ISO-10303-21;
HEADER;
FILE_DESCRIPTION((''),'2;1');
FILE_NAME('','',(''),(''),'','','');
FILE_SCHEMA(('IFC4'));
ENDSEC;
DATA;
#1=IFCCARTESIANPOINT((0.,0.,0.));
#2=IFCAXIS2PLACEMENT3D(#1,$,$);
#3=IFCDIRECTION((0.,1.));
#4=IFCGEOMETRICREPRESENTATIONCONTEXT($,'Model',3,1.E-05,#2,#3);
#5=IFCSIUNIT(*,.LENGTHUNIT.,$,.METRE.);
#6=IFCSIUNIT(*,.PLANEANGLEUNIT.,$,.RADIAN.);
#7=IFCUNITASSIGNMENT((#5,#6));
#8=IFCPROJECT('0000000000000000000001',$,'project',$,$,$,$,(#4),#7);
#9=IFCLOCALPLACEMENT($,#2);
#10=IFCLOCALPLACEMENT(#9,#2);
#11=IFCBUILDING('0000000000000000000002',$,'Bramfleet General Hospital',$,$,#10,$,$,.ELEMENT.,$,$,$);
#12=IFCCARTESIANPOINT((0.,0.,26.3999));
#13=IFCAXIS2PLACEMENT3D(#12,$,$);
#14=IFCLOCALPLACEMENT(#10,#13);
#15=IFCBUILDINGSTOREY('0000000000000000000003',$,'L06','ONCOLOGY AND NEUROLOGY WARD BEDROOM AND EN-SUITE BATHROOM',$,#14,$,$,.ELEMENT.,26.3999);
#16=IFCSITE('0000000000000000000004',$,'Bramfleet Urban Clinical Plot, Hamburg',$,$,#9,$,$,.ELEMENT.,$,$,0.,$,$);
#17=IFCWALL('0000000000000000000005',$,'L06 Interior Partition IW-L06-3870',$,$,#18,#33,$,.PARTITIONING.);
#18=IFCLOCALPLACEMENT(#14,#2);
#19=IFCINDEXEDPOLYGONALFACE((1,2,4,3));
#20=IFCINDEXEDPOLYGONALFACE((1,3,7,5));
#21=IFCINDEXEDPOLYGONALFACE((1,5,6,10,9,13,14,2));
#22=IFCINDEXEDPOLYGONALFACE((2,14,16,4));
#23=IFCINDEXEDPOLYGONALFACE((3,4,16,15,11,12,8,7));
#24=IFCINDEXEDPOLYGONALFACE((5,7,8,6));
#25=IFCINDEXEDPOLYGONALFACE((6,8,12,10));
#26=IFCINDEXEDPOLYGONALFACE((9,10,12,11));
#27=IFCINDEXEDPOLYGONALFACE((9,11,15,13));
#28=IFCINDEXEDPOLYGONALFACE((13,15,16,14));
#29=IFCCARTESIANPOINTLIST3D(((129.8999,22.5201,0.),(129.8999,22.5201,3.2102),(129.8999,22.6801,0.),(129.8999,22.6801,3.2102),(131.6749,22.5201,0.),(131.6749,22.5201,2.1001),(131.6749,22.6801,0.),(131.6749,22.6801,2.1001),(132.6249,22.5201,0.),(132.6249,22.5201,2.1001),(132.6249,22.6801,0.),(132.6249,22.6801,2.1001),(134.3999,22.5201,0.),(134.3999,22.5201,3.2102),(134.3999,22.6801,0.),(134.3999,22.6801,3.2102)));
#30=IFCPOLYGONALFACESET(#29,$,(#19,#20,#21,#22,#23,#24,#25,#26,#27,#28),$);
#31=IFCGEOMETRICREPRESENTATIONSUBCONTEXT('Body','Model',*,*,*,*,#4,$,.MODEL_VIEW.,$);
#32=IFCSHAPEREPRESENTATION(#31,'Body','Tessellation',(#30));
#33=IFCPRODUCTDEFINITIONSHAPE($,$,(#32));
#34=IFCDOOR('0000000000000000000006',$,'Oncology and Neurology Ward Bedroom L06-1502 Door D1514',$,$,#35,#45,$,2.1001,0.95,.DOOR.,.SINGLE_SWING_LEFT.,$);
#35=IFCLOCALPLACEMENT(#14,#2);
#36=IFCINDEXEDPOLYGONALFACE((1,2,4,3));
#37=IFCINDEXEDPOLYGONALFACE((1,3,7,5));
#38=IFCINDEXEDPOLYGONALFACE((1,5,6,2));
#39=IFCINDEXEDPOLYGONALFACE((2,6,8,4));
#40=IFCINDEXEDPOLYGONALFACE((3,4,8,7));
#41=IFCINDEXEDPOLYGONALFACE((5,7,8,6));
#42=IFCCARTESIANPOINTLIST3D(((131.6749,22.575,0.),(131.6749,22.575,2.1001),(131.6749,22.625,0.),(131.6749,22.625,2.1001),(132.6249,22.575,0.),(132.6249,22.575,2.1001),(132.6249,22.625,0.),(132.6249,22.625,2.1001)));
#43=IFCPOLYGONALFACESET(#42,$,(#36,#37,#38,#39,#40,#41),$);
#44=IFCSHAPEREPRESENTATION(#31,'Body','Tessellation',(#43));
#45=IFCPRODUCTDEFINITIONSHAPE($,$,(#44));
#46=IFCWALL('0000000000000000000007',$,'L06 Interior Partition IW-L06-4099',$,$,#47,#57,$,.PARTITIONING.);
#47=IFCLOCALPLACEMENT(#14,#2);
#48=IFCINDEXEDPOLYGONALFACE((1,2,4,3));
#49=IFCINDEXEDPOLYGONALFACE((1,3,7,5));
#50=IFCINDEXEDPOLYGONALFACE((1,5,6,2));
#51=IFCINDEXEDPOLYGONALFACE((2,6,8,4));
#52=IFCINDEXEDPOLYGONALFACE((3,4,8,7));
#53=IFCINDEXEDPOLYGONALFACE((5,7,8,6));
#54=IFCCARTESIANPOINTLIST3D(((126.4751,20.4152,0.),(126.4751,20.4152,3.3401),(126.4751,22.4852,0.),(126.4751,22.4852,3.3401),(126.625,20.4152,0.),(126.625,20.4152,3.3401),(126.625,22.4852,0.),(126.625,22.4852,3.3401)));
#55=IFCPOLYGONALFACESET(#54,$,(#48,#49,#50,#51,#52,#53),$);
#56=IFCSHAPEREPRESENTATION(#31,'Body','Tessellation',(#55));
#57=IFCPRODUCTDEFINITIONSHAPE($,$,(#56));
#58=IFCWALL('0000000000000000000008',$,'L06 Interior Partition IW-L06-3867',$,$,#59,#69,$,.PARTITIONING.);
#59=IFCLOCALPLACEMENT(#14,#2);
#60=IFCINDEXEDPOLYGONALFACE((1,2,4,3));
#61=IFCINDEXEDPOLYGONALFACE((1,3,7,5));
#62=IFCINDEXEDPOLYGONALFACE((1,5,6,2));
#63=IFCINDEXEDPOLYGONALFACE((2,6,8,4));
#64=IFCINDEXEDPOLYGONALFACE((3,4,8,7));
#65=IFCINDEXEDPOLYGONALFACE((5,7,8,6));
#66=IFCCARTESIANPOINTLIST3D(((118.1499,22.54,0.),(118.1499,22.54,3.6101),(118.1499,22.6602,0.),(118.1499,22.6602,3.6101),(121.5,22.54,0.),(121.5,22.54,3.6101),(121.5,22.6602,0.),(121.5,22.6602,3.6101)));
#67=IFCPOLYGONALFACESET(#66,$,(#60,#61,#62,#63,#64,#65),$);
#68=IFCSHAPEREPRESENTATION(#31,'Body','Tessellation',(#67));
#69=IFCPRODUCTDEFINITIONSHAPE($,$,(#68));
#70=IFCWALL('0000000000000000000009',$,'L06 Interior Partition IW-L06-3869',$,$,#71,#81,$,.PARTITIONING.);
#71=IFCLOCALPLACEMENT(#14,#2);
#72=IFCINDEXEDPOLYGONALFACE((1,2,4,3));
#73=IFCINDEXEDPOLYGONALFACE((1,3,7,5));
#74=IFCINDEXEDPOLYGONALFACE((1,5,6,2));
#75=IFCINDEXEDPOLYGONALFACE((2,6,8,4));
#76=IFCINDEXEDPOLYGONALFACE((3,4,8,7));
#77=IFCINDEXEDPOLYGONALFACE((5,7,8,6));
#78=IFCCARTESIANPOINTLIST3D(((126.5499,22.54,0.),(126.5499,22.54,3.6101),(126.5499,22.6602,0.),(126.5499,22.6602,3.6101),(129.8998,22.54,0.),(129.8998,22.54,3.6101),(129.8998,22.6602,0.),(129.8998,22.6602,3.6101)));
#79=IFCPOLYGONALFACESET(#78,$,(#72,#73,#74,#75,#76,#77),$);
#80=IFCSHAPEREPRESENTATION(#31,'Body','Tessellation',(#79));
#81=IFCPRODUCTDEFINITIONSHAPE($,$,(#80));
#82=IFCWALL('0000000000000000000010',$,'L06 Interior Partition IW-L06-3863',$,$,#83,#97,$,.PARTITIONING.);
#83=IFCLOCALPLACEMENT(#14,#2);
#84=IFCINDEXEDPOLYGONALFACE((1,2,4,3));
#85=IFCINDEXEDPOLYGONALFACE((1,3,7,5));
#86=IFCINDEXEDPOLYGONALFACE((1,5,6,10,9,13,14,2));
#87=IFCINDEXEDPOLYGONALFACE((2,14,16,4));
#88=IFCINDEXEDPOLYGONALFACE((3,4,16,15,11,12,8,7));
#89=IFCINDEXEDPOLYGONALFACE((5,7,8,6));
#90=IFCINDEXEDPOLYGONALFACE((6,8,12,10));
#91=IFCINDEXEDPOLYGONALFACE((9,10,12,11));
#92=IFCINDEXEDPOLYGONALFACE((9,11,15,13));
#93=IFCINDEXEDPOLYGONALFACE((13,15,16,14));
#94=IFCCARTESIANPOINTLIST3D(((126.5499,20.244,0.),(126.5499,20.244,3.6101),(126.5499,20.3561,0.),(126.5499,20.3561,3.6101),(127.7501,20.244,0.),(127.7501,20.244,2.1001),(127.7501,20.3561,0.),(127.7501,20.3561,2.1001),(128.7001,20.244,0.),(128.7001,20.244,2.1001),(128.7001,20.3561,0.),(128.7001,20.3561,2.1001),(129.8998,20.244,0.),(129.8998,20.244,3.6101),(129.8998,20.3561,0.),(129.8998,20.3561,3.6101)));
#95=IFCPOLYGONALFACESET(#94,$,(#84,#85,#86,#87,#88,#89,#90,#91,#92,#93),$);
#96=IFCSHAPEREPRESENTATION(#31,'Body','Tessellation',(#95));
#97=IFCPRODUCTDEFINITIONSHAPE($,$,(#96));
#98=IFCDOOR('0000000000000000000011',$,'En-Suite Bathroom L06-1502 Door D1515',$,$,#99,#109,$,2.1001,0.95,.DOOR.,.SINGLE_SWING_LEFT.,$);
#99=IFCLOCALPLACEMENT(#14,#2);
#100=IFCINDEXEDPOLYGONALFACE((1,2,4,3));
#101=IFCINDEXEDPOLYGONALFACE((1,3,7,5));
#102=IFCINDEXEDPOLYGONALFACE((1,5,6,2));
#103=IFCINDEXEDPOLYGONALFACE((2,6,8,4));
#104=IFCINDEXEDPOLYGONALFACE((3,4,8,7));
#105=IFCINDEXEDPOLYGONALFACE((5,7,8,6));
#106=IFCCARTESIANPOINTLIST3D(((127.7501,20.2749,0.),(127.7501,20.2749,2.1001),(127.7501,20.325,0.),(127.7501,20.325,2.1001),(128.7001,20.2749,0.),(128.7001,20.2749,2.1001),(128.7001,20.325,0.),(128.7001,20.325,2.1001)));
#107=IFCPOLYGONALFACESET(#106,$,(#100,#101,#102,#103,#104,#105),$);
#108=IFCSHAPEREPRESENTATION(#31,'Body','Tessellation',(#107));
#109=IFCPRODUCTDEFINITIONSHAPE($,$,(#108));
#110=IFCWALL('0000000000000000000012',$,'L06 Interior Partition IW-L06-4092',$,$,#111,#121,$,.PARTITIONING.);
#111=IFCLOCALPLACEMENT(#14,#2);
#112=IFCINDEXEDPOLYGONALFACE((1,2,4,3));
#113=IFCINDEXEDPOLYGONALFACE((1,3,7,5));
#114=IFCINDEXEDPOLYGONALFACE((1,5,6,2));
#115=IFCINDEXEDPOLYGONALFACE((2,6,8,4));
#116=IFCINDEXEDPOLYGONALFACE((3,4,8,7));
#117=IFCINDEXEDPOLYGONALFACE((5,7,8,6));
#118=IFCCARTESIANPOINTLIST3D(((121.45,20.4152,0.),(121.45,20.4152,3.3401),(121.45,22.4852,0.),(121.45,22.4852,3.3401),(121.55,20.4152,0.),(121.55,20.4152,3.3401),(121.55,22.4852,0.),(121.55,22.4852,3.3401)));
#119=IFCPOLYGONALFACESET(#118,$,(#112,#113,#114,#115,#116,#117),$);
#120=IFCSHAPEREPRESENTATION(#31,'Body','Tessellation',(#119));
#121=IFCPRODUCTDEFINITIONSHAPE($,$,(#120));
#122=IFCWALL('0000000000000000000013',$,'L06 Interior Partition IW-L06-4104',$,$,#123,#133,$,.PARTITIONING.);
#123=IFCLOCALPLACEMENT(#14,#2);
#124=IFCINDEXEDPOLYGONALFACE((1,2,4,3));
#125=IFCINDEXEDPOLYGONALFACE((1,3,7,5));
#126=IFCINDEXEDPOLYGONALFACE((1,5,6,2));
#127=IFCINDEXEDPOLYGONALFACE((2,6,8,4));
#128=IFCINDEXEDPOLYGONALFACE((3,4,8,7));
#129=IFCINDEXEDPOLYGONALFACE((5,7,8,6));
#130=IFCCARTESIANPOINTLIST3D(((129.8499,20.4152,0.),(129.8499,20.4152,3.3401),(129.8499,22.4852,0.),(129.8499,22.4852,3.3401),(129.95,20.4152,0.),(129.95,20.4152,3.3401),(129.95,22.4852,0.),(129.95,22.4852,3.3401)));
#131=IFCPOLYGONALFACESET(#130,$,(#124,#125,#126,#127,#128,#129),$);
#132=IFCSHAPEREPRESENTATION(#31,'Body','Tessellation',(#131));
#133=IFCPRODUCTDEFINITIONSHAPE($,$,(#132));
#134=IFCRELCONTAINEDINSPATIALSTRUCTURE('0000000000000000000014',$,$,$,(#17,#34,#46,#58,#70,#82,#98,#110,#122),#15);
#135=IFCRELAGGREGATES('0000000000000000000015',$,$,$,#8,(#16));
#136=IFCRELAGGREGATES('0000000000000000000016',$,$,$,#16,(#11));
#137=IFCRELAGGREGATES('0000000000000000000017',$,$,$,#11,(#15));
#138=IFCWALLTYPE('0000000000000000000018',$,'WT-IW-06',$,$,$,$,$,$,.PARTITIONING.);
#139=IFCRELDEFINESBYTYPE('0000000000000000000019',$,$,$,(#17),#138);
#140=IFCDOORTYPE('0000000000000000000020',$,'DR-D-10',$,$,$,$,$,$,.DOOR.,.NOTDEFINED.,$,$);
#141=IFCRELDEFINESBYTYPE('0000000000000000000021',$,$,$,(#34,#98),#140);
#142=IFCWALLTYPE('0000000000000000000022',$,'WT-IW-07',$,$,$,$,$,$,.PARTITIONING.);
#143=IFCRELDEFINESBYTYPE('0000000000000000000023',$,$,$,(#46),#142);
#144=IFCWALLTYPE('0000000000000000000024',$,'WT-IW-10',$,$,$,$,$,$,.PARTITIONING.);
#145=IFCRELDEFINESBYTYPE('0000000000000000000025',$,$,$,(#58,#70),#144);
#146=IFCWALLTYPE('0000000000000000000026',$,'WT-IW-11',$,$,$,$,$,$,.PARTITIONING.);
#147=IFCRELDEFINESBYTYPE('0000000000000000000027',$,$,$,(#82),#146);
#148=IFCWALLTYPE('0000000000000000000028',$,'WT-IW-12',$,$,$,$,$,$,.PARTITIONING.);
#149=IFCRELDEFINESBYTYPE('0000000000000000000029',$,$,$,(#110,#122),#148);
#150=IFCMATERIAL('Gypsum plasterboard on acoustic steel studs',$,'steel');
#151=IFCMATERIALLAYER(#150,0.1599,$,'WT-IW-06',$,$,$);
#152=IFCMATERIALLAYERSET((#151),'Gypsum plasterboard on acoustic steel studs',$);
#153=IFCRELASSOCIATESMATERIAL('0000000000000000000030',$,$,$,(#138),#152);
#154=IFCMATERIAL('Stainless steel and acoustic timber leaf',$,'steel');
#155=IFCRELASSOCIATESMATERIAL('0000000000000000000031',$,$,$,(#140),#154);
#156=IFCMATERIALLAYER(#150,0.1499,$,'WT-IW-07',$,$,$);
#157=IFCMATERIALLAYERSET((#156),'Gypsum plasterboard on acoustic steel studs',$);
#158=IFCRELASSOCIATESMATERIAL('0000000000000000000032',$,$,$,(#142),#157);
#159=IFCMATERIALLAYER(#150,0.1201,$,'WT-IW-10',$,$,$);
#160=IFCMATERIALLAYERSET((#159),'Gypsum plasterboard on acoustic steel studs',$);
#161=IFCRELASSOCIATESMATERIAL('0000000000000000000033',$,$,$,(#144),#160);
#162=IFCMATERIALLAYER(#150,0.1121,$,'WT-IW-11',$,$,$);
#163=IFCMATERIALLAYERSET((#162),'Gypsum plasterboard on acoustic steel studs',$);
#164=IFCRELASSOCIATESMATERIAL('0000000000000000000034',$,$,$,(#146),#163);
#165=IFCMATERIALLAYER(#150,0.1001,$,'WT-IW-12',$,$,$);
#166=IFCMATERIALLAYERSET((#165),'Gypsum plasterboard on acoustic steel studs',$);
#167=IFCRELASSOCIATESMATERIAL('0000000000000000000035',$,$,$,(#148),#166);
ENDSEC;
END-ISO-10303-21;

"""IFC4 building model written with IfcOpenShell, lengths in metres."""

from ifc_helpers import new_model, si_unit, direction, frame, frame_2d, origin, place, context, subcontext, project, spatial, rectangle, extrude, material, layer, layer_set, type_object, element, fill, save


model = new_model("IFC4")

# Units and contexts
model_context = context("Model", 3, precision=1e-05, world=origin(), true_north=direction((0.0, 1.0)))
body_context = subcontext(model_context, "Body", "Model", "MODEL_VIEW")
ifc_project = project(units=[si_unit("LENGTHUNIT", "METRE"), si_unit("PLANEANGLEUNIT", "RADIAN")], contexts=[model_context])

# Site, building, storey
site_placement = place(None, origin())
site = spatial("IfcSite", under=ifc_project, at=site_placement, Name="Bramfleet Urban Clinical Plot, Hamburg", CompositionType="ELEMENT", RefElevation=0.0)
building_placement = place(site_placement, origin())
building = spatial("IfcBuilding", under=site, at=building_placement, Name="Bramfleet General Hospital", CompositionType="ELEMENT")
storey_placement = place(building_placement, frame((0.0, 0.0, 26.3999)))
storey = spatial("IfcBuildingStorey", under=building, at=storey_placement, Name="L06", Description="ONCOLOGY AND NEUROLOGY WARD BEDROOM AND EN-SUITE BATHROOM", CompositionType="ELEMENT", Elevation=26.3999)

# Shared definitions
ifc_material_1 = material(Name="Stainless steel and acoustic timber leaf", Category="steel")

# Shared definitions
ifc_material_2 = material(Name="Gypsum plasterboard on acoustic steel studs", Category="steel")
ifc_layer_1 = layer(ifc_material_2, 0.1599, Name="WT-IW-06")
ifc_layer_set_1 = layer_set([ifc_layer_1], Name="Gypsum plasterboard on acoustic steel studs")
wall_type_1 = type_object("IfcWallType", Name="WT-IW-06", PredefinedType="PARTITIONING", material=ifc_layer_set_1)

# Wall, opening, door
wall_1_placement = place(storey_placement, frame((129.8999, 22.6001, 0.0), z_axis=(0.0, 0.0, 1.0), x_axis=(1.0, 0.0, 0.0)))
wall_1 = element("IfcWall", 1, at=wall_1_placement, inside=storey, type_object=wall_type_1, Name="L06 Interior Partition IW-L06-3870", PredefinedType="PARTITIONING", context=body_context, shape_type="SweptSolid", body=[
    extrude(rectangle(XDim=4.5, YDim=0.1599, at=frame_2d((2.25, 0.0))), origin(), (0.0, 0.0, 1.0), 3.2102),
])
opening_1_placement = place(wall_1_placement, frame((1.7749, 0.0, 0.0)))
opening_1 = element("IfcOpeningElement", 2, at=opening_1_placement, cuts=wall_1, PredefinedType="OPENING", context=body_context, shape_type="SweptSolid", body=[
    extrude(rectangle(XDim=0.95, YDim=2.1001, at=frame_2d((0.4751, 1.05))), frame((0.0, 0.0898, 0.0), z_axis=(0.0, -1.0, 0.0), x_axis=(1.0, 0.0, 0.0)), (0.0, 0.0, 1.0), 0.1799),
])
door_type_1 = type_object("IfcDoorType", Name="DR-D-10", OperationType="NOTDEFINED", PredefinedType="DOOR", material=ifc_material_1)
door_1_placement = place(opening_1_placement, origin())
door_1 = element("IfcDoor", 3, at=door_1_placement, inside=storey, type_object=door_type_1, Name="Oncology and Neurology Ward Bedroom L06-1502 Door D1514", OperationType="SINGLE_SWING_LEFT", OverallHeight=2.1001, OverallWidth=0.95, PredefinedType="DOOR", context=body_context, shape_type="SweptSolid", body=[
    extrude(rectangle(XDim=0.95, YDim=2.1001, at=frame_2d((0.4751, 1.05))), frame((0.0, 0.0249, 0.0), z_axis=(0.0, -1.0, 0.0), x_axis=(1.0, 0.0, 0.0)), (0.0, 0.0, 1.0), 0.05),
])
fill(opening_1, door_1)

# Walls
ifc_layer_2 = layer(ifc_material_2, 0.1499, Name="WT-IW-07")
ifc_layer_set_2 = layer_set([ifc_layer_2], Name="Gypsum plasterboard on acoustic steel studs")
wall_type_2 = type_object("IfcWallType", Name="WT-IW-07", PredefinedType="PARTITIONING", material=ifc_layer_set_2)
wall_2_placement = place(storey_placement, frame((126.55, 20.415, 0.0), z_axis=(0.0, 0.0, 1.0), x_axis=(0.0, 1.0, 0.0)))
element("IfcWall", 4, at=wall_2_placement, inside=storey, type_object=wall_type_2, Name="L06 Interior Partition IW-L06-4099", PredefinedType="PARTITIONING", context=body_context, shape_type="SweptSolid", body=[
    extrude(rectangle(XDim=2.0701, YDim=0.1499, at=frame_2d((1.0352, 0.0))), origin(), (0.0, 0.0, 1.0), 3.3401),
])
ifc_layer_3 = layer(ifc_material_2, 0.1201, Name="WT-IW-10")
ifc_layer_set_3 = layer_set([ifc_layer_3], Name="Gypsum plasterboard on acoustic steel studs")
wall_type_3 = type_object("IfcWallType", Name="WT-IW-10", PredefinedType="PARTITIONING", material=ifc_layer_set_3)
wall_3_placement = place(storey_placement, frame((118.1499, 22.6001, 0.0), z_axis=(0.0, 0.0, 1.0), x_axis=(1.0, 0.0, 0.0)))
element("IfcWall", 5, at=wall_3_placement, inside=storey, type_object=wall_type_3, Name="L06 Interior Partition IW-L06-3867", PredefinedType="PARTITIONING", context=body_context, shape_type="SweptSolid", body=[
    extrude(rectangle(XDim=3.3501, YDim=0.1201, at=frame_2d((1.675, 0.0))), origin(), (0.0, 0.0, 1.0), 3.6101),
])
wall_4_placement = place(storey_placement, frame((126.55, 22.6001, 0.0), z_axis=(0.0, 0.0, 1.0), x_axis=(1.0, 0.0, 0.0)))
element("IfcWall", 6, at=wall_4_placement, inside=storey, type_object=wall_type_3, Name="L06 Interior Partition IW-L06-3869", PredefinedType="PARTITIONING", context=body_context, shape_type="SweptSolid", body=[
    extrude(rectangle(XDim=3.3499, YDim=0.1201, at=frame_2d((1.6748, 0.0))), origin(), (0.0, 0.0, 1.0), 3.6101),
])

# Wall, opening, door
ifc_layer_4 = layer(ifc_material_2, 0.1121, Name="WT-IW-11")
ifc_layer_set_4 = layer_set([ifc_layer_4], Name="Gypsum plasterboard on acoustic steel studs")
wall_type_4 = type_object("IfcWallType", Name="WT-IW-11", PredefinedType="PARTITIONING", material=ifc_layer_set_4)
wall_5_placement = place(storey_placement, frame((126.55, 20.3, 0.0), z_axis=(0.0, 0.0, 1.0), x_axis=(1.0, 0.0, 0.0)))
wall_5 = element("IfcWall", 7, at=wall_5_placement, inside=storey, type_object=wall_type_4, Name="L06 Interior Partition IW-L06-3863", PredefinedType="PARTITIONING", context=body_context, shape_type="SweptSolid", body=[
    extrude(rectangle(XDim=3.3499, YDim=0.1121, at=frame_2d((1.6748, 0.0))), origin(), (0.0, 0.0, 1.0), 3.6101),
])
opening_2_placement = place(wall_5_placement, frame((1.2, 0.0, 0.0)))
opening_2 = element("IfcOpeningElement", 8, at=opening_2_placement, cuts=wall_5, PredefinedType="OPENING", context=body_context, shape_type="SweptSolid", body=[
    extrude(rectangle(XDim=0.95, YDim=2.1001, at=frame_2d((0.4751, 1.05))), frame((0.0, 0.0659, 0.0), z_axis=(0.0, -1.0, 0.0), x_axis=(1.0, 0.0, 0.0)), (0.0, 0.0, 1.0), 0.1321),
])
door_2_placement = place(opening_2_placement, origin())
door_2 = element("IfcDoor", 9, at=door_2_placement, inside=storey, type_object=door_type_1, Name="En-Suite Bathroom L06-1502 Door D1515", OperationType="SINGLE_SWING_LEFT", OverallHeight=2.1001, OverallWidth=0.95, PredefinedType="DOOR", context=body_context, shape_type="SweptSolid", body=[
    extrude(rectangle(XDim=0.95, YDim=2.1001, at=frame_2d((0.4751, 1.05))), frame((0.0, 0.0249, 0.0), z_axis=(0.0, -1.0, 0.0), x_axis=(1.0, 0.0, 0.0)), (0.0, 0.0, 1.0), 0.05),
])
fill(opening_2, door_2)

# Walls
ifc_layer_5 = layer(ifc_material_2, 0.1001, Name="WT-IW-12")
ifc_layer_set_5 = layer_set([ifc_layer_5], Name="Gypsum plasterboard on acoustic steel studs")
wall_type_5 = type_object("IfcWallType", Name="WT-IW-12", PredefinedType="PARTITIONING", material=ifc_layer_set_5)
for number, where, z_axis, x_axis, name in (
    (10, (121.5, 20.415, 0.0), (0.0, 0.0, 1.0), (0.0, 1.0, 0.0), "L06 Interior Partition IW-L06-4092"),
    (11, (129.8999, 20.415, 0.0), (0.0, 0.0, 1.0), (0.0, 1.0, 0.0), "L06 Interior Partition IW-L06-4104"),
):
    element("IfcWall", number, at=place(storey_placement, frame(where, z_axis=z_axis, x_axis=x_axis)), inside=storey, type_object=wall_type_5, Name=name, PredefinedType="PARTITIONING", context=body_context, shape_type="SweptSolid", body=[
        extrude(rectangle(XDim=2.0701, YDim=0.1001, at=frame_2d((1.0352, 0.0))), origin(), (0.0, 0.0, 1.0), 3.3401),
    ])

save(model, "model.ifc")
